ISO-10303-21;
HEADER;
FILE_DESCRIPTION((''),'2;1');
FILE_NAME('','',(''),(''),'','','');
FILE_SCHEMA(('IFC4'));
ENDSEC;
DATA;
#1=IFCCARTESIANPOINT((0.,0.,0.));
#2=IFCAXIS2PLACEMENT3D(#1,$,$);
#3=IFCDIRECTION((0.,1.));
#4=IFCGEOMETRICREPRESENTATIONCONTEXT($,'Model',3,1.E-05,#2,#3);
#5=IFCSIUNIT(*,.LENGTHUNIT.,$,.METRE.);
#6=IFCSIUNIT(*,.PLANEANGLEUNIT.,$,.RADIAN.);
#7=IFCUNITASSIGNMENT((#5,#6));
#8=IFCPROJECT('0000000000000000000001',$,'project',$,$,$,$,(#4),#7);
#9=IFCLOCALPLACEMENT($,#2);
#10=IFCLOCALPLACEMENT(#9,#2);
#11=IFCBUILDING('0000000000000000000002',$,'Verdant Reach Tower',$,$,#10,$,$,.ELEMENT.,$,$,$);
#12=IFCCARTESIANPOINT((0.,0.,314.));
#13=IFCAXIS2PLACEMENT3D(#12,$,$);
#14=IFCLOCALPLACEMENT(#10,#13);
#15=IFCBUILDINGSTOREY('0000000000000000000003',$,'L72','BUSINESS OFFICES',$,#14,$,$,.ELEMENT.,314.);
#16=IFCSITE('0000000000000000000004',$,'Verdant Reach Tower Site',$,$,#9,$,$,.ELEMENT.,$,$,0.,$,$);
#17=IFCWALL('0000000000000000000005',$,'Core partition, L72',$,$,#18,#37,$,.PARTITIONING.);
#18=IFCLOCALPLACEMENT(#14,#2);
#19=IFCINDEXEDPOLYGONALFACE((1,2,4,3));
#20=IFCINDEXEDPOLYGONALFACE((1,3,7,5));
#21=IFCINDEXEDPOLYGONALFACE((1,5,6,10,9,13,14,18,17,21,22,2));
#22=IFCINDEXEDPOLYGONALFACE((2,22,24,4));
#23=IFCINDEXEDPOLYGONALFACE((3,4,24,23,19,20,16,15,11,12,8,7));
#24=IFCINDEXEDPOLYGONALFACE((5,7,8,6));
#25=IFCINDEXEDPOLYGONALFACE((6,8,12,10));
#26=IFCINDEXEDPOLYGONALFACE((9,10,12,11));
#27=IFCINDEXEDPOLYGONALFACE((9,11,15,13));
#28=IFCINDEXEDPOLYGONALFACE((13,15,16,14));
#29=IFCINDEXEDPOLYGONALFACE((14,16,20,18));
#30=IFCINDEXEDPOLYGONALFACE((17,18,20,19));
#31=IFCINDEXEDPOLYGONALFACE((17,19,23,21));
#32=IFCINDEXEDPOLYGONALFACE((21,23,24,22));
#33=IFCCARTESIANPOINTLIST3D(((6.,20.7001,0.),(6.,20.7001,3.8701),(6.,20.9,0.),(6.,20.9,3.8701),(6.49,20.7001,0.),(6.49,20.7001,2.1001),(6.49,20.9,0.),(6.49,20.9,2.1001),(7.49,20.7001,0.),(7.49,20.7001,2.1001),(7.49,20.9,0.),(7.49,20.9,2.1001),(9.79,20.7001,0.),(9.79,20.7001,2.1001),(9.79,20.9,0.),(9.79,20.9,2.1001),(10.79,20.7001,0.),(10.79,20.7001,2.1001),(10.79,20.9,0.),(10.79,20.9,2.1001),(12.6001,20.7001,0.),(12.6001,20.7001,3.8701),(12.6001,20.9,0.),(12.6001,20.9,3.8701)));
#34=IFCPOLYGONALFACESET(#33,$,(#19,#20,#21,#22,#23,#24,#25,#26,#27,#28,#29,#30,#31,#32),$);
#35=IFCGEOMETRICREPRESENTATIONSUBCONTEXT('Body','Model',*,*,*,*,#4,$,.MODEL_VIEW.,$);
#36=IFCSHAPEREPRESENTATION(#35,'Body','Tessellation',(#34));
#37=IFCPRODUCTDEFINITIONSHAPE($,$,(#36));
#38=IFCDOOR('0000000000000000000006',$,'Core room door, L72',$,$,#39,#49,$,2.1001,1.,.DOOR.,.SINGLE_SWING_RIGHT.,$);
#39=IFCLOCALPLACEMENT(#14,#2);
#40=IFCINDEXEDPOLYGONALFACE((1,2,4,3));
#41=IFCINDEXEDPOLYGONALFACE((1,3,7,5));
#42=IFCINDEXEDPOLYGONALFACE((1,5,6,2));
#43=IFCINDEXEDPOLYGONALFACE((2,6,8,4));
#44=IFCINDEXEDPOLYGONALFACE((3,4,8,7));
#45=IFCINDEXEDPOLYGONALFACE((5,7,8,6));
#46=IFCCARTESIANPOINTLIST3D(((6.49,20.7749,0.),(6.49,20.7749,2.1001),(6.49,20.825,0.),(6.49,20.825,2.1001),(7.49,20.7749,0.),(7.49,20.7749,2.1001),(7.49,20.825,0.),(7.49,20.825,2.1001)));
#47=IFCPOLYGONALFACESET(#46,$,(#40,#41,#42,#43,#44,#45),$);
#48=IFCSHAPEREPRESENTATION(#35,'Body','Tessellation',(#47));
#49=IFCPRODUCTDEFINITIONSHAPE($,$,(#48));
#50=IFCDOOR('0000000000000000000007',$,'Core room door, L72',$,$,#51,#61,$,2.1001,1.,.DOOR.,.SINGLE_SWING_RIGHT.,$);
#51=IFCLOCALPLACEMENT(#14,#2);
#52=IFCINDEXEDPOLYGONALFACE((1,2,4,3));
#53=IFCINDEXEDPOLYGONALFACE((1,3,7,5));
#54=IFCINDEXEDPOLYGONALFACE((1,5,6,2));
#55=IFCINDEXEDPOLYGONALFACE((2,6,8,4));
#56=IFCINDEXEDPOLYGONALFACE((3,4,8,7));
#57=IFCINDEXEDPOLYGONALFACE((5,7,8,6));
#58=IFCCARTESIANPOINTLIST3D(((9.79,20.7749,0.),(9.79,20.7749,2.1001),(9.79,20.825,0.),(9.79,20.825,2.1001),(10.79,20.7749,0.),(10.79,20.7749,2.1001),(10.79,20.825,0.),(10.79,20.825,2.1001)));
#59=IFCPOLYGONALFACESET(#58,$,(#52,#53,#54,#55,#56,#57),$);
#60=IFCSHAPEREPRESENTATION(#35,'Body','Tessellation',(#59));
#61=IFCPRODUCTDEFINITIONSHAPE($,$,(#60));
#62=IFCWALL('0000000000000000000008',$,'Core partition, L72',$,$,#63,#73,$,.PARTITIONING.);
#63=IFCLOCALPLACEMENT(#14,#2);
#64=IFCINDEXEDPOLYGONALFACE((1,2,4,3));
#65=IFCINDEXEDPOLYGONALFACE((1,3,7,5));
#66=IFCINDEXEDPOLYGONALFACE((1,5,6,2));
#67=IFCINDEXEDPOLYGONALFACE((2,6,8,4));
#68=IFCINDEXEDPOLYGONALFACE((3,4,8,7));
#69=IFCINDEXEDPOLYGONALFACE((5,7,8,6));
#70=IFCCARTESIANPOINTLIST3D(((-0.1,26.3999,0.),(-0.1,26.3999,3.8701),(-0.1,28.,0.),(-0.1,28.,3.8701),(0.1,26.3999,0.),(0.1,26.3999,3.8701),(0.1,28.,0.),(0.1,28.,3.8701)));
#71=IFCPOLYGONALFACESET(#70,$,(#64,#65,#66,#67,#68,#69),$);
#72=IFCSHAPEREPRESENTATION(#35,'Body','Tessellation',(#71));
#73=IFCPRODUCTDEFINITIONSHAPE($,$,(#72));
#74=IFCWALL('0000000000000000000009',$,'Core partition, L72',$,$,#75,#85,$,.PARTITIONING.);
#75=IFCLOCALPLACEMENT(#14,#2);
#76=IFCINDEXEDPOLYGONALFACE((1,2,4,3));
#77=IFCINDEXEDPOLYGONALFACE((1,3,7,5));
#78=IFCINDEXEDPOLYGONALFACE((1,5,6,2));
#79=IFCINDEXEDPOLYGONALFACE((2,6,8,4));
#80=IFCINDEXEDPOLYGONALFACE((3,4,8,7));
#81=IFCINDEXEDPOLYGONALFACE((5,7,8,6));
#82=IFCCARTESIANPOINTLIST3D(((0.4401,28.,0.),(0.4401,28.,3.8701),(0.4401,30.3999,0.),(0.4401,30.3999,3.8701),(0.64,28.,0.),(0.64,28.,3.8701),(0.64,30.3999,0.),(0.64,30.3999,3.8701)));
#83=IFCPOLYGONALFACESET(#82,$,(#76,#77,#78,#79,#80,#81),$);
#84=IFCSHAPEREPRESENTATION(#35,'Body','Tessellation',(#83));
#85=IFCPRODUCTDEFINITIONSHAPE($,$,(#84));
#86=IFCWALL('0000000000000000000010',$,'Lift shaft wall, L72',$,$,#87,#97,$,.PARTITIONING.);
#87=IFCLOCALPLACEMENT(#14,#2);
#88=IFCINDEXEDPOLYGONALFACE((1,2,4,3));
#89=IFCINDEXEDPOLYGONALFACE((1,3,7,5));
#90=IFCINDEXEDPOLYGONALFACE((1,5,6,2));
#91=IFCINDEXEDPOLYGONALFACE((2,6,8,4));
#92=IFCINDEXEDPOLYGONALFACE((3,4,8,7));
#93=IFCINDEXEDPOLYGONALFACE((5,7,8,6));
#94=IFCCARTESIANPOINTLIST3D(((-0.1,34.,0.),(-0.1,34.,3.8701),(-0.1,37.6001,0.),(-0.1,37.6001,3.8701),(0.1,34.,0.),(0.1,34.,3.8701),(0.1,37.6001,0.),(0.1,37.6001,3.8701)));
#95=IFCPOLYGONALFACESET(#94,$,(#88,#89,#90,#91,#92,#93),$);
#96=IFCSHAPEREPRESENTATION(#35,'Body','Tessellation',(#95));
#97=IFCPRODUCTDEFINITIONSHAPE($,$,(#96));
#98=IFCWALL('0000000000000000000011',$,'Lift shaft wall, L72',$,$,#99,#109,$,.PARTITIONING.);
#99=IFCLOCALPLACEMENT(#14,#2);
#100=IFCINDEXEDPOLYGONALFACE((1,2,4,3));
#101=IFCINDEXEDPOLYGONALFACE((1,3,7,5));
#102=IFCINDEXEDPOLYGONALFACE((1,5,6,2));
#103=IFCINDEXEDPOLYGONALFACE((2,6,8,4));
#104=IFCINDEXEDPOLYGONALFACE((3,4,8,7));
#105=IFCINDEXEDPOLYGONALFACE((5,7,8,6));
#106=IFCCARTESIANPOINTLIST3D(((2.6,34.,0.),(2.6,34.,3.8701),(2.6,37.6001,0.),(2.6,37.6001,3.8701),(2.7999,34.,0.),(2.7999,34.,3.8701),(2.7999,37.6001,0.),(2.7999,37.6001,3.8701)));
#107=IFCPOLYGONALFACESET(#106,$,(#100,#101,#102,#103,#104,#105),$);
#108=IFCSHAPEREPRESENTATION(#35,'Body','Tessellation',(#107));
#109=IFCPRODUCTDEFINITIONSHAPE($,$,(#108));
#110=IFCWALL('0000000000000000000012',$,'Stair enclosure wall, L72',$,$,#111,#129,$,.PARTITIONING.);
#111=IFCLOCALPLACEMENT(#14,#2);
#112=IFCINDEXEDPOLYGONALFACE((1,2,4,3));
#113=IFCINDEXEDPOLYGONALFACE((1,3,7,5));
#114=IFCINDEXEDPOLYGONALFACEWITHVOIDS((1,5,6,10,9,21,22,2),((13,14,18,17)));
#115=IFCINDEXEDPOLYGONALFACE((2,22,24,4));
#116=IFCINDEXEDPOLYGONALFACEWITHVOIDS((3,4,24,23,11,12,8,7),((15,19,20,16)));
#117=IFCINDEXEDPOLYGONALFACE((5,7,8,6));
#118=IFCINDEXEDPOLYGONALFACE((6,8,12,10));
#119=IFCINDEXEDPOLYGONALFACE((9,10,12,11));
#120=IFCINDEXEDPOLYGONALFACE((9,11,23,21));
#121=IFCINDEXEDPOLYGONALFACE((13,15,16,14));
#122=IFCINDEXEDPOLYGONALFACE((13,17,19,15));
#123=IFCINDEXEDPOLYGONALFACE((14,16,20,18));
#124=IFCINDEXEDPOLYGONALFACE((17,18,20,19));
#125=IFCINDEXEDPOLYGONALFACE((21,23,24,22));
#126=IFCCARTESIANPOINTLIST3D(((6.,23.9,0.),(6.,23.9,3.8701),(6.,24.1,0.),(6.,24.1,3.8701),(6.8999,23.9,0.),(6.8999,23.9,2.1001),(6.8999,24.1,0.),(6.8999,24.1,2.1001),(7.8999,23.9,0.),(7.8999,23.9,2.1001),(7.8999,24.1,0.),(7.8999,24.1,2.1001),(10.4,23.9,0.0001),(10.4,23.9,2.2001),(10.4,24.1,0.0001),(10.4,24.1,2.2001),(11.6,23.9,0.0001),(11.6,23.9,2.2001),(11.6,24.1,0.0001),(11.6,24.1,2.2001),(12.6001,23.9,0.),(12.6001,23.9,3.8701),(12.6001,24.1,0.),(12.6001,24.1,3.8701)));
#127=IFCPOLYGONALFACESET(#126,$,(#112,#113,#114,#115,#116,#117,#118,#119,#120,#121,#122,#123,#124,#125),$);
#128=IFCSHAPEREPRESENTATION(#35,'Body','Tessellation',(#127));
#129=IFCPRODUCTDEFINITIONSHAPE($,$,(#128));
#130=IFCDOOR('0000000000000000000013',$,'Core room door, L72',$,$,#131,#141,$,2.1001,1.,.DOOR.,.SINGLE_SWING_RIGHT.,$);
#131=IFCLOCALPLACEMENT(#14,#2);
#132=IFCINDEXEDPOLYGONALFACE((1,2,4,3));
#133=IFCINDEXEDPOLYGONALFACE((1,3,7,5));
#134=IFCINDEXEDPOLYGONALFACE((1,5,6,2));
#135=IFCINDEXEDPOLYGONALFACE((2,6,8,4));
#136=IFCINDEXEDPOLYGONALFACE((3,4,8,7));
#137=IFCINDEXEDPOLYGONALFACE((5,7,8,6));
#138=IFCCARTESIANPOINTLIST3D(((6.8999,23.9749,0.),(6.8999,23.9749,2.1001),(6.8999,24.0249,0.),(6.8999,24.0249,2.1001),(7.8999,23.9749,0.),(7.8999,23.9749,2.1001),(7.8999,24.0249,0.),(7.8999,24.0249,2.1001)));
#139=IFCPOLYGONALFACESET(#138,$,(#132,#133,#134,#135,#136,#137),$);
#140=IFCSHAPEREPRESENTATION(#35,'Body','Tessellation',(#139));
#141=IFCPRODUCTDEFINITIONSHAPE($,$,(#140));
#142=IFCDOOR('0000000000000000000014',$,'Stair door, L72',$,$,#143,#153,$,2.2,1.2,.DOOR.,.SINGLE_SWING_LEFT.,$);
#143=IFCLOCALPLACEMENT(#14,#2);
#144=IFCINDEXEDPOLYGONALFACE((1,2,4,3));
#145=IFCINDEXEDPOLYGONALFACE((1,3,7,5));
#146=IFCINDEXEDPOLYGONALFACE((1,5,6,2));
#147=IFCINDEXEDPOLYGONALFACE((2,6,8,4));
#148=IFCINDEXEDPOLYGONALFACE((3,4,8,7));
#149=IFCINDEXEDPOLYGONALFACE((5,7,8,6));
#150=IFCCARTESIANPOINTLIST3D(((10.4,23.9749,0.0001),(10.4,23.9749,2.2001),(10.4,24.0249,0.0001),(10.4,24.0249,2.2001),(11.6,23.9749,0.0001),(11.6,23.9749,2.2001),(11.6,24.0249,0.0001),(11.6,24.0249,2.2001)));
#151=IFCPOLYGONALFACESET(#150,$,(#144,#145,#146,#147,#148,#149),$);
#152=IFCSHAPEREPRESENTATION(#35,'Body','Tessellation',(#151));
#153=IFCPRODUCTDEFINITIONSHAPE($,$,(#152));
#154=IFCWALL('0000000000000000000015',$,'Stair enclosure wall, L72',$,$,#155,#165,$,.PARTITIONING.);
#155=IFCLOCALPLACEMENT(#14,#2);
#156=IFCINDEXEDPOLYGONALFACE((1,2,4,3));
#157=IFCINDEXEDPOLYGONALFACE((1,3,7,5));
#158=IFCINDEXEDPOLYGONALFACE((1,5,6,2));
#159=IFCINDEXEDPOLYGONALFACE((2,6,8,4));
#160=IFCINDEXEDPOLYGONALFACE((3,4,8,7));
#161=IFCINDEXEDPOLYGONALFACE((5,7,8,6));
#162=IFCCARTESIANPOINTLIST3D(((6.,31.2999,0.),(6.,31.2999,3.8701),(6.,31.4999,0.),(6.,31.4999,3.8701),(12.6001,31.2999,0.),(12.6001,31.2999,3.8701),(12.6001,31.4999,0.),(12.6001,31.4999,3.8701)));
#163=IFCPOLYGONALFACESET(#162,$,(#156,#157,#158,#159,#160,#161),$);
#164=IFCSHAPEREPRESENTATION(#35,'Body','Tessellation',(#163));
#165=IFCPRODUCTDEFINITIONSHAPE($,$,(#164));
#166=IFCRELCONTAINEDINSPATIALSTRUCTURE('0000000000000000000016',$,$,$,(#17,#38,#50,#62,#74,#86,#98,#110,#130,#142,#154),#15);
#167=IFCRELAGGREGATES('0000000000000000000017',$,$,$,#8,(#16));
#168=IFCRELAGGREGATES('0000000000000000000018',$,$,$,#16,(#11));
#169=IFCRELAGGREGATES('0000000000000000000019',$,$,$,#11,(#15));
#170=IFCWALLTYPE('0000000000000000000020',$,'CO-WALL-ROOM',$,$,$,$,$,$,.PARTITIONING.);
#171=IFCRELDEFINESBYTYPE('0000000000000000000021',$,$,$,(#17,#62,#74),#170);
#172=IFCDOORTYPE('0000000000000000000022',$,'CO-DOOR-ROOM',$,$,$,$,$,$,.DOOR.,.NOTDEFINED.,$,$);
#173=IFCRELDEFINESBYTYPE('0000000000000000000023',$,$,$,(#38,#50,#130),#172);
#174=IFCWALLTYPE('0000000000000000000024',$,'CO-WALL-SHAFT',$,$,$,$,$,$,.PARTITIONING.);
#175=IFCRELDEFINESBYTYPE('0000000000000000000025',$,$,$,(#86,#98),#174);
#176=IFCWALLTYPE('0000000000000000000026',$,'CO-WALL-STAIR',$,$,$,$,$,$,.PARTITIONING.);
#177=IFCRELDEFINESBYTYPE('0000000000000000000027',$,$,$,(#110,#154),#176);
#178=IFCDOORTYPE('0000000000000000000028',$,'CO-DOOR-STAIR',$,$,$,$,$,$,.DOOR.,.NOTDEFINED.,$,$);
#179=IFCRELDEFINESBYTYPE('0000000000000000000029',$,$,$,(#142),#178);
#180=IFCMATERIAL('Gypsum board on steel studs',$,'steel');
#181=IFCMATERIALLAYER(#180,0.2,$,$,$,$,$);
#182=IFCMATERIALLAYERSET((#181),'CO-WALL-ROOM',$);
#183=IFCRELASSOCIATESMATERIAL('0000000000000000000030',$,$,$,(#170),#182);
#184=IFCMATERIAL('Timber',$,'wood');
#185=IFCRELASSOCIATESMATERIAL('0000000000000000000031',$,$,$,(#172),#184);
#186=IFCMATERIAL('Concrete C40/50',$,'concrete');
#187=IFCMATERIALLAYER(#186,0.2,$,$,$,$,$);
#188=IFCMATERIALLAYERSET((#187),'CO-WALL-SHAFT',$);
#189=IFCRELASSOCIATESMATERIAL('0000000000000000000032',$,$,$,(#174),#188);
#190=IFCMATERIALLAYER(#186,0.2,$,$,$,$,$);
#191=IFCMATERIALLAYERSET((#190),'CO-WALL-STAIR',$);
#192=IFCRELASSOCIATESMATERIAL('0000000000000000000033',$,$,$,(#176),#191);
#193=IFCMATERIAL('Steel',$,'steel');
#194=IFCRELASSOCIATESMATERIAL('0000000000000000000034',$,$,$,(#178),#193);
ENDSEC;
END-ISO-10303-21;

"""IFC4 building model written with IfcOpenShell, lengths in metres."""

from ifc_helpers import new_model, si_unit, direction, frame, frame_2d, origin, place, context, subcontext, project, spatial, rectangle, extrude, material, layer, layer_set, type_object, element, fill, save


model = new_model("IFC4")

# Units and contexts
model_context = context("Model", 3, precision=1e-05, world=origin(), true_north=direction((0.0, 1.0)))
body_context = subcontext(model_context, "Body", "Model", "MODEL_VIEW")
ifc_project = project(units=[si_unit("LENGTHUNIT", "METRE"), si_unit("PLANEANGLEUNIT", "RADIAN")], contexts=[model_context])

# Site, building, storey
site_placement = place(None, origin())
site = spatial("IfcSite", under=ifc_project, at=site_placement, Name="Verdant Reach Tower Site", CompositionType="ELEMENT", RefElevation=0.0)
building_placement = place(site_placement, origin())
building = spatial("IfcBuilding", under=site, at=building_placement, Name="Verdant Reach Tower", CompositionType="ELEMENT")
storey_placement = place(building_placement, frame((0.0, 0.0, 314.0)))
storey = spatial("IfcBuildingStorey", under=building, at=storey_placement, Name="L72", Description="BUSINESS OFFICES", CompositionType="ELEMENT", Elevation=314.0)

# Wall, openings, doors
ifc_material_1 = material(Name="Gypsum board on steel studs", Category="steel")
ifc_layer_1 = layer(ifc_material_1, 0.2)
ifc_layer_set_1 = layer_set([ifc_layer_1], Name="CO-WALL-ROOM")
wall_type_1 = type_object("IfcWallType", Name="CO-WALL-ROOM", PredefinedType="PARTITIONING", material=ifc_layer_set_1)
wall_1_placement = place(storey_placement, frame((6.0, 20.8, 0.0), z_axis=(0.0, 0.0, 1.0), x_axis=(1.0, 0.0, 0.0)))
wall_1 = element("IfcWall", 1, at=wall_1_placement, inside=storey, type_object=wall_type_1, Name="Core partition, L72", PredefinedType="PARTITIONING", context=body_context, shape_type="SweptSolid", body=[
    extrude(rectangle(XDim=6.6001, YDim=0.2, at=frame_2d((3.3, 0.0))), origin(), (0.0, 0.0, 1.0), 3.8701),
])
opening_1_placement = place(wall_1_placement, frame((0.49, 0.0, 0.0)))
opening_1 = element("IfcOpeningElement", 2, at=opening_1_placement, cuts=wall_1, PredefinedType="OPENING", context=body_context, shape_type="SweptSolid", body=[
    extrude(rectangle(XDim=1.0, YDim=2.1001, at=frame_2d((0.5, 1.05))), frame((0.0, 0.1099, 0.0), z_axis=(0.0, -1.0, 0.0), x_axis=(1.0, 0.0, 0.0)), (0.0, 0.0, 1.0), 0.22),
])
opening_2_placement = place(wall_1_placement, frame((3.79, 0.0, 0.0)))
opening_2 = element("IfcOpeningElement", 3, at=opening_2_placement, cuts=wall_1, PredefinedType="OPENING", context=body_context, shape_type="SweptSolid", body=[
    extrude(rectangle(XDim=1.0, YDim=2.1001, at=frame_2d((0.5, 1.05))), frame((0.0, 0.1099, 0.0), z_axis=(0.0, -1.0, 0.0), x_axis=(1.0, 0.0, 0.0)), (0.0, 0.0, 1.0), 0.22),
])
ifc_material_2 = material(Name="Timber", Category="wood")
door_type_1 = type_object("IfcDoorType", Name="CO-DOOR-ROOM", OperationType="NOTDEFINED", PredefinedType="DOOR", material=ifc_material_2)
door_1_placement = place(opening_1_placement, origin())
door_1 = element("IfcDoor", 4, at=door_1_placement, inside=storey, type_object=door_type_1, Name="Core room door, L72", OperationType="SINGLE_SWING_RIGHT", OverallHeight=2.1001, OverallWidth=1.0, PredefinedType="DOOR", context=body_context, shape_type="SweptSolid", body=[
    extrude(rectangle(XDim=1.0, YDim=2.1001, at=frame_2d((0.5, 1.05))), frame((0.0, 0.0249, 0.0), z_axis=(0.0, -1.0, 0.0), x_axis=(1.0, 0.0, 0.0)), (0.0, 0.0, 1.0), 0.05),
])
fill(opening_1, door_1)
door_2_placement = place(opening_2_placement, origin())
door_2 = element("IfcDoor", 5, at=door_2_placement, inside=storey, type_object=door_type_1, Name="Core room door, L72", OperationType="SINGLE_SWING_RIGHT", OverallHeight=2.1001, OverallWidth=1.0, PredefinedType="DOOR", context=body_context, shape_type="SweptSolid", body=[
    extrude(rectangle(XDim=1.0, YDim=2.1001, at=frame_2d((0.5, 1.05))), frame((0.0, 0.0249, 0.0), z_axis=(0.0, -1.0, 0.0), x_axis=(1.0, 0.0, 0.0)), (0.0, 0.0, 1.0), 0.05),
])
fill(opening_2, door_2)

# Walls
wall_2_placement = place(storey_placement, frame((0.0, 26.3999, 0.0), z_axis=(0.0, 0.0, 1.0), x_axis=(0.0, 1.0, 0.0)))
element("IfcWall", 6, at=wall_2_placement, inside=storey, type_object=wall_type_1, Name="Core partition, L72", PredefinedType="PARTITIONING", context=body_context, shape_type="SweptSolid", body=[
    extrude(rectangle(XDim=1.6001, YDim=0.2, at=frame_2d((0.8, 0.0))), origin(), (0.0, 0.0, 1.0), 3.8701),
])
wall_3_placement = place(storey_placement, frame((0.54, 28.0, 0.0), z_axis=(0.0, 0.0, 1.0), x_axis=(0.0, 1.0, 0.0)))
element("IfcWall", 7, at=wall_3_placement, inside=storey, type_object=wall_type_1, Name="Core partition, L72", PredefinedType="PARTITIONING", context=body_context, shape_type="SweptSolid", body=[
    extrude(rectangle(XDim=2.3999, YDim=0.2, at=frame_2d((1.2, 0.0))), origin(), (0.0, 0.0, 1.0), 3.8701),
])
ifc_material_3 = material(Name="Concrete C40/50", Category="concrete")
ifc_layer_2 = layer(ifc_material_3, 0.2)
ifc_layer_set_2 = layer_set([ifc_layer_2], Name="CO-WALL-SHAFT")
wall_type_2 = type_object("IfcWallType", Name="CO-WALL-SHAFT", PredefinedType="PARTITIONING", material=ifc_layer_set_2)
for number, where, z_axis, x_axis, name in (
    (8, (0.0, 34.0, 0.0), (0.0, 0.0, 1.0), (0.0, 1.0, 0.0), "Lift shaft wall, L72"),
    (9, (2.7, 34.0, 0.0), (0.0, 0.0, 1.0), (0.0, 1.0, 0.0), "Lift shaft wall, L72"),
):
    element("IfcWall", number, at=place(storey_placement, frame(where, z_axis=z_axis, x_axis=x_axis)), inside=storey, type_object=wall_type_2, Name=name, PredefinedType="PARTITIONING", context=body_context, shape_type="SweptSolid", body=[
        extrude(rectangle(XDim=3.6001, YDim=0.2, at=frame_2d((1.8, 0.0))), origin(), (0.0, 0.0, 1.0), 3.8701),
    ])

# Wall, openings, doors
ifc_layer_3 = layer(ifc_material_3, 0.2)
ifc_layer_set_3 = layer_set([ifc_layer_3], Name="CO-WALL-STAIR")
wall_type_3 = type_object("IfcWallType", Name="CO-WALL-STAIR", PredefinedType="PARTITIONING", material=ifc_layer_set_3)
wall_4_placement = place(storey_placement, frame((6.0, 24.0, 0.0), z_axis=(0.0, 0.0, 1.0), x_axis=(1.0, 0.0, 0.0)))
wall_4 = element("IfcWall", 10, at=wall_4_placement, inside=storey, type_object=wall_type_3, Name="Stair enclosure wall, L72", PredefinedType="PARTITIONING", context=body_context, shape_type="SweptSolid", body=[
    extrude(rectangle(XDim=6.6001, YDim=0.2, at=frame_2d((3.3, 0.0))), origin(), (0.0, 0.0, 1.0), 3.8701),
])
opening_3_placement = place(wall_4_placement, frame((0.8999, 0.0, 0.0)))
opening_3 = element("IfcOpeningElement", 11, at=opening_3_placement, cuts=wall_4, PredefinedType="OPENING", context=body_context, shape_type="SweptSolid", body=[
    extrude(rectangle(XDim=1.0, YDim=2.1001, at=frame_2d((0.5, 1.05))), frame((0.0, 0.1099, 0.0), z_axis=(0.0, -1.0, 0.0), x_axis=(1.0, 0.0, 0.0)), (0.0, 0.0, 1.0), 0.22),
])
opening_4_placement = place(wall_4_placement, frame((4.3999, 0.0, 0.0)))
opening_4 = element("IfcOpeningElement", 12, at=opening_4_placement, cuts=wall_4, PredefinedType="OPENING", context=body_context, shape_type="SweptSolid", body=[
    extrude(rectangle(XDim=1.2, YDim=2.2, at=frame_2d((0.6001, 1.1001))), frame((0.0, 0.1099, 0.0), z_axis=(0.0, -1.0, 0.0), x_axis=(1.0, 0.0, 0.0)), (0.0, 0.0, 1.0), 0.22),
])
door_3_placement = place(opening_3_placement, origin())
door_3 = element("IfcDoor", 13, at=door_3_placement, inside=storey, type_object=door_type_1, Name="Core room door, L72", OperationType="SINGLE_SWING_RIGHT", OverallHeight=2.1001, OverallWidth=1.0, PredefinedType="DOOR", context=body_context, shape_type="SweptSolid", body=[
    extrude(rectangle(XDim=1.0, YDim=2.1001, at=frame_2d((0.5, 1.05))), frame((0.0, 0.0249, 0.0), z_axis=(0.0, -1.0, 0.0), x_axis=(1.0, 0.0, 0.0)), (0.0, 0.0, 1.0), 0.05),
])
fill(opening_3, door_3)
ifc_material_4 = material(Name="Steel", Category="steel")
door_type_2 = type_object("IfcDoorType", Name="CO-DOOR-STAIR", OperationType="NOTDEFINED", PredefinedType="DOOR", material=ifc_material_4)
door_4_placement = place(opening_4_placement, origin())
door_4 = element("IfcDoor", 14, at=door_4_placement, inside=storey, type_object=door_type_2, Name="Stair door, L72", OperationType="SINGLE_SWING_LEFT", OverallHeight=2.2, OverallWidth=1.2, PredefinedType="DOOR", context=body_context, shape_type="SweptSolid", body=[
    extrude(rectangle(XDim=1.2, YDim=2.2, at=frame_2d((0.6001, 1.1001))), frame((0.0, 0.0249, 0.0), z_axis=(0.0, -1.0, 0.0), x_axis=(1.0, 0.0, 0.0)), (0.0, 0.0, 1.0), 0.05),
])
fill(opening_4, door_4)

# Wall
wall_5_placement = place(storey_placement, frame((6.0, 31.3999, 0.0), z_axis=(0.0, 0.0, 1.0), x_axis=(1.0, 0.0, 0.0)))
element("IfcWall", 15, at=wall_5_placement, inside=storey, type_object=wall_type_3, Name="Stair enclosure wall, L72", PredefinedType="PARTITIONING", context=body_context, shape_type="SweptSolid", body=[
    extrude(rectangle(XDim=6.6001, YDim=0.2, at=frame_2d((3.3, 0.0))), origin(), (0.0, 0.0, 1.0), 3.8701),
])

save(model, "model.ifc")
